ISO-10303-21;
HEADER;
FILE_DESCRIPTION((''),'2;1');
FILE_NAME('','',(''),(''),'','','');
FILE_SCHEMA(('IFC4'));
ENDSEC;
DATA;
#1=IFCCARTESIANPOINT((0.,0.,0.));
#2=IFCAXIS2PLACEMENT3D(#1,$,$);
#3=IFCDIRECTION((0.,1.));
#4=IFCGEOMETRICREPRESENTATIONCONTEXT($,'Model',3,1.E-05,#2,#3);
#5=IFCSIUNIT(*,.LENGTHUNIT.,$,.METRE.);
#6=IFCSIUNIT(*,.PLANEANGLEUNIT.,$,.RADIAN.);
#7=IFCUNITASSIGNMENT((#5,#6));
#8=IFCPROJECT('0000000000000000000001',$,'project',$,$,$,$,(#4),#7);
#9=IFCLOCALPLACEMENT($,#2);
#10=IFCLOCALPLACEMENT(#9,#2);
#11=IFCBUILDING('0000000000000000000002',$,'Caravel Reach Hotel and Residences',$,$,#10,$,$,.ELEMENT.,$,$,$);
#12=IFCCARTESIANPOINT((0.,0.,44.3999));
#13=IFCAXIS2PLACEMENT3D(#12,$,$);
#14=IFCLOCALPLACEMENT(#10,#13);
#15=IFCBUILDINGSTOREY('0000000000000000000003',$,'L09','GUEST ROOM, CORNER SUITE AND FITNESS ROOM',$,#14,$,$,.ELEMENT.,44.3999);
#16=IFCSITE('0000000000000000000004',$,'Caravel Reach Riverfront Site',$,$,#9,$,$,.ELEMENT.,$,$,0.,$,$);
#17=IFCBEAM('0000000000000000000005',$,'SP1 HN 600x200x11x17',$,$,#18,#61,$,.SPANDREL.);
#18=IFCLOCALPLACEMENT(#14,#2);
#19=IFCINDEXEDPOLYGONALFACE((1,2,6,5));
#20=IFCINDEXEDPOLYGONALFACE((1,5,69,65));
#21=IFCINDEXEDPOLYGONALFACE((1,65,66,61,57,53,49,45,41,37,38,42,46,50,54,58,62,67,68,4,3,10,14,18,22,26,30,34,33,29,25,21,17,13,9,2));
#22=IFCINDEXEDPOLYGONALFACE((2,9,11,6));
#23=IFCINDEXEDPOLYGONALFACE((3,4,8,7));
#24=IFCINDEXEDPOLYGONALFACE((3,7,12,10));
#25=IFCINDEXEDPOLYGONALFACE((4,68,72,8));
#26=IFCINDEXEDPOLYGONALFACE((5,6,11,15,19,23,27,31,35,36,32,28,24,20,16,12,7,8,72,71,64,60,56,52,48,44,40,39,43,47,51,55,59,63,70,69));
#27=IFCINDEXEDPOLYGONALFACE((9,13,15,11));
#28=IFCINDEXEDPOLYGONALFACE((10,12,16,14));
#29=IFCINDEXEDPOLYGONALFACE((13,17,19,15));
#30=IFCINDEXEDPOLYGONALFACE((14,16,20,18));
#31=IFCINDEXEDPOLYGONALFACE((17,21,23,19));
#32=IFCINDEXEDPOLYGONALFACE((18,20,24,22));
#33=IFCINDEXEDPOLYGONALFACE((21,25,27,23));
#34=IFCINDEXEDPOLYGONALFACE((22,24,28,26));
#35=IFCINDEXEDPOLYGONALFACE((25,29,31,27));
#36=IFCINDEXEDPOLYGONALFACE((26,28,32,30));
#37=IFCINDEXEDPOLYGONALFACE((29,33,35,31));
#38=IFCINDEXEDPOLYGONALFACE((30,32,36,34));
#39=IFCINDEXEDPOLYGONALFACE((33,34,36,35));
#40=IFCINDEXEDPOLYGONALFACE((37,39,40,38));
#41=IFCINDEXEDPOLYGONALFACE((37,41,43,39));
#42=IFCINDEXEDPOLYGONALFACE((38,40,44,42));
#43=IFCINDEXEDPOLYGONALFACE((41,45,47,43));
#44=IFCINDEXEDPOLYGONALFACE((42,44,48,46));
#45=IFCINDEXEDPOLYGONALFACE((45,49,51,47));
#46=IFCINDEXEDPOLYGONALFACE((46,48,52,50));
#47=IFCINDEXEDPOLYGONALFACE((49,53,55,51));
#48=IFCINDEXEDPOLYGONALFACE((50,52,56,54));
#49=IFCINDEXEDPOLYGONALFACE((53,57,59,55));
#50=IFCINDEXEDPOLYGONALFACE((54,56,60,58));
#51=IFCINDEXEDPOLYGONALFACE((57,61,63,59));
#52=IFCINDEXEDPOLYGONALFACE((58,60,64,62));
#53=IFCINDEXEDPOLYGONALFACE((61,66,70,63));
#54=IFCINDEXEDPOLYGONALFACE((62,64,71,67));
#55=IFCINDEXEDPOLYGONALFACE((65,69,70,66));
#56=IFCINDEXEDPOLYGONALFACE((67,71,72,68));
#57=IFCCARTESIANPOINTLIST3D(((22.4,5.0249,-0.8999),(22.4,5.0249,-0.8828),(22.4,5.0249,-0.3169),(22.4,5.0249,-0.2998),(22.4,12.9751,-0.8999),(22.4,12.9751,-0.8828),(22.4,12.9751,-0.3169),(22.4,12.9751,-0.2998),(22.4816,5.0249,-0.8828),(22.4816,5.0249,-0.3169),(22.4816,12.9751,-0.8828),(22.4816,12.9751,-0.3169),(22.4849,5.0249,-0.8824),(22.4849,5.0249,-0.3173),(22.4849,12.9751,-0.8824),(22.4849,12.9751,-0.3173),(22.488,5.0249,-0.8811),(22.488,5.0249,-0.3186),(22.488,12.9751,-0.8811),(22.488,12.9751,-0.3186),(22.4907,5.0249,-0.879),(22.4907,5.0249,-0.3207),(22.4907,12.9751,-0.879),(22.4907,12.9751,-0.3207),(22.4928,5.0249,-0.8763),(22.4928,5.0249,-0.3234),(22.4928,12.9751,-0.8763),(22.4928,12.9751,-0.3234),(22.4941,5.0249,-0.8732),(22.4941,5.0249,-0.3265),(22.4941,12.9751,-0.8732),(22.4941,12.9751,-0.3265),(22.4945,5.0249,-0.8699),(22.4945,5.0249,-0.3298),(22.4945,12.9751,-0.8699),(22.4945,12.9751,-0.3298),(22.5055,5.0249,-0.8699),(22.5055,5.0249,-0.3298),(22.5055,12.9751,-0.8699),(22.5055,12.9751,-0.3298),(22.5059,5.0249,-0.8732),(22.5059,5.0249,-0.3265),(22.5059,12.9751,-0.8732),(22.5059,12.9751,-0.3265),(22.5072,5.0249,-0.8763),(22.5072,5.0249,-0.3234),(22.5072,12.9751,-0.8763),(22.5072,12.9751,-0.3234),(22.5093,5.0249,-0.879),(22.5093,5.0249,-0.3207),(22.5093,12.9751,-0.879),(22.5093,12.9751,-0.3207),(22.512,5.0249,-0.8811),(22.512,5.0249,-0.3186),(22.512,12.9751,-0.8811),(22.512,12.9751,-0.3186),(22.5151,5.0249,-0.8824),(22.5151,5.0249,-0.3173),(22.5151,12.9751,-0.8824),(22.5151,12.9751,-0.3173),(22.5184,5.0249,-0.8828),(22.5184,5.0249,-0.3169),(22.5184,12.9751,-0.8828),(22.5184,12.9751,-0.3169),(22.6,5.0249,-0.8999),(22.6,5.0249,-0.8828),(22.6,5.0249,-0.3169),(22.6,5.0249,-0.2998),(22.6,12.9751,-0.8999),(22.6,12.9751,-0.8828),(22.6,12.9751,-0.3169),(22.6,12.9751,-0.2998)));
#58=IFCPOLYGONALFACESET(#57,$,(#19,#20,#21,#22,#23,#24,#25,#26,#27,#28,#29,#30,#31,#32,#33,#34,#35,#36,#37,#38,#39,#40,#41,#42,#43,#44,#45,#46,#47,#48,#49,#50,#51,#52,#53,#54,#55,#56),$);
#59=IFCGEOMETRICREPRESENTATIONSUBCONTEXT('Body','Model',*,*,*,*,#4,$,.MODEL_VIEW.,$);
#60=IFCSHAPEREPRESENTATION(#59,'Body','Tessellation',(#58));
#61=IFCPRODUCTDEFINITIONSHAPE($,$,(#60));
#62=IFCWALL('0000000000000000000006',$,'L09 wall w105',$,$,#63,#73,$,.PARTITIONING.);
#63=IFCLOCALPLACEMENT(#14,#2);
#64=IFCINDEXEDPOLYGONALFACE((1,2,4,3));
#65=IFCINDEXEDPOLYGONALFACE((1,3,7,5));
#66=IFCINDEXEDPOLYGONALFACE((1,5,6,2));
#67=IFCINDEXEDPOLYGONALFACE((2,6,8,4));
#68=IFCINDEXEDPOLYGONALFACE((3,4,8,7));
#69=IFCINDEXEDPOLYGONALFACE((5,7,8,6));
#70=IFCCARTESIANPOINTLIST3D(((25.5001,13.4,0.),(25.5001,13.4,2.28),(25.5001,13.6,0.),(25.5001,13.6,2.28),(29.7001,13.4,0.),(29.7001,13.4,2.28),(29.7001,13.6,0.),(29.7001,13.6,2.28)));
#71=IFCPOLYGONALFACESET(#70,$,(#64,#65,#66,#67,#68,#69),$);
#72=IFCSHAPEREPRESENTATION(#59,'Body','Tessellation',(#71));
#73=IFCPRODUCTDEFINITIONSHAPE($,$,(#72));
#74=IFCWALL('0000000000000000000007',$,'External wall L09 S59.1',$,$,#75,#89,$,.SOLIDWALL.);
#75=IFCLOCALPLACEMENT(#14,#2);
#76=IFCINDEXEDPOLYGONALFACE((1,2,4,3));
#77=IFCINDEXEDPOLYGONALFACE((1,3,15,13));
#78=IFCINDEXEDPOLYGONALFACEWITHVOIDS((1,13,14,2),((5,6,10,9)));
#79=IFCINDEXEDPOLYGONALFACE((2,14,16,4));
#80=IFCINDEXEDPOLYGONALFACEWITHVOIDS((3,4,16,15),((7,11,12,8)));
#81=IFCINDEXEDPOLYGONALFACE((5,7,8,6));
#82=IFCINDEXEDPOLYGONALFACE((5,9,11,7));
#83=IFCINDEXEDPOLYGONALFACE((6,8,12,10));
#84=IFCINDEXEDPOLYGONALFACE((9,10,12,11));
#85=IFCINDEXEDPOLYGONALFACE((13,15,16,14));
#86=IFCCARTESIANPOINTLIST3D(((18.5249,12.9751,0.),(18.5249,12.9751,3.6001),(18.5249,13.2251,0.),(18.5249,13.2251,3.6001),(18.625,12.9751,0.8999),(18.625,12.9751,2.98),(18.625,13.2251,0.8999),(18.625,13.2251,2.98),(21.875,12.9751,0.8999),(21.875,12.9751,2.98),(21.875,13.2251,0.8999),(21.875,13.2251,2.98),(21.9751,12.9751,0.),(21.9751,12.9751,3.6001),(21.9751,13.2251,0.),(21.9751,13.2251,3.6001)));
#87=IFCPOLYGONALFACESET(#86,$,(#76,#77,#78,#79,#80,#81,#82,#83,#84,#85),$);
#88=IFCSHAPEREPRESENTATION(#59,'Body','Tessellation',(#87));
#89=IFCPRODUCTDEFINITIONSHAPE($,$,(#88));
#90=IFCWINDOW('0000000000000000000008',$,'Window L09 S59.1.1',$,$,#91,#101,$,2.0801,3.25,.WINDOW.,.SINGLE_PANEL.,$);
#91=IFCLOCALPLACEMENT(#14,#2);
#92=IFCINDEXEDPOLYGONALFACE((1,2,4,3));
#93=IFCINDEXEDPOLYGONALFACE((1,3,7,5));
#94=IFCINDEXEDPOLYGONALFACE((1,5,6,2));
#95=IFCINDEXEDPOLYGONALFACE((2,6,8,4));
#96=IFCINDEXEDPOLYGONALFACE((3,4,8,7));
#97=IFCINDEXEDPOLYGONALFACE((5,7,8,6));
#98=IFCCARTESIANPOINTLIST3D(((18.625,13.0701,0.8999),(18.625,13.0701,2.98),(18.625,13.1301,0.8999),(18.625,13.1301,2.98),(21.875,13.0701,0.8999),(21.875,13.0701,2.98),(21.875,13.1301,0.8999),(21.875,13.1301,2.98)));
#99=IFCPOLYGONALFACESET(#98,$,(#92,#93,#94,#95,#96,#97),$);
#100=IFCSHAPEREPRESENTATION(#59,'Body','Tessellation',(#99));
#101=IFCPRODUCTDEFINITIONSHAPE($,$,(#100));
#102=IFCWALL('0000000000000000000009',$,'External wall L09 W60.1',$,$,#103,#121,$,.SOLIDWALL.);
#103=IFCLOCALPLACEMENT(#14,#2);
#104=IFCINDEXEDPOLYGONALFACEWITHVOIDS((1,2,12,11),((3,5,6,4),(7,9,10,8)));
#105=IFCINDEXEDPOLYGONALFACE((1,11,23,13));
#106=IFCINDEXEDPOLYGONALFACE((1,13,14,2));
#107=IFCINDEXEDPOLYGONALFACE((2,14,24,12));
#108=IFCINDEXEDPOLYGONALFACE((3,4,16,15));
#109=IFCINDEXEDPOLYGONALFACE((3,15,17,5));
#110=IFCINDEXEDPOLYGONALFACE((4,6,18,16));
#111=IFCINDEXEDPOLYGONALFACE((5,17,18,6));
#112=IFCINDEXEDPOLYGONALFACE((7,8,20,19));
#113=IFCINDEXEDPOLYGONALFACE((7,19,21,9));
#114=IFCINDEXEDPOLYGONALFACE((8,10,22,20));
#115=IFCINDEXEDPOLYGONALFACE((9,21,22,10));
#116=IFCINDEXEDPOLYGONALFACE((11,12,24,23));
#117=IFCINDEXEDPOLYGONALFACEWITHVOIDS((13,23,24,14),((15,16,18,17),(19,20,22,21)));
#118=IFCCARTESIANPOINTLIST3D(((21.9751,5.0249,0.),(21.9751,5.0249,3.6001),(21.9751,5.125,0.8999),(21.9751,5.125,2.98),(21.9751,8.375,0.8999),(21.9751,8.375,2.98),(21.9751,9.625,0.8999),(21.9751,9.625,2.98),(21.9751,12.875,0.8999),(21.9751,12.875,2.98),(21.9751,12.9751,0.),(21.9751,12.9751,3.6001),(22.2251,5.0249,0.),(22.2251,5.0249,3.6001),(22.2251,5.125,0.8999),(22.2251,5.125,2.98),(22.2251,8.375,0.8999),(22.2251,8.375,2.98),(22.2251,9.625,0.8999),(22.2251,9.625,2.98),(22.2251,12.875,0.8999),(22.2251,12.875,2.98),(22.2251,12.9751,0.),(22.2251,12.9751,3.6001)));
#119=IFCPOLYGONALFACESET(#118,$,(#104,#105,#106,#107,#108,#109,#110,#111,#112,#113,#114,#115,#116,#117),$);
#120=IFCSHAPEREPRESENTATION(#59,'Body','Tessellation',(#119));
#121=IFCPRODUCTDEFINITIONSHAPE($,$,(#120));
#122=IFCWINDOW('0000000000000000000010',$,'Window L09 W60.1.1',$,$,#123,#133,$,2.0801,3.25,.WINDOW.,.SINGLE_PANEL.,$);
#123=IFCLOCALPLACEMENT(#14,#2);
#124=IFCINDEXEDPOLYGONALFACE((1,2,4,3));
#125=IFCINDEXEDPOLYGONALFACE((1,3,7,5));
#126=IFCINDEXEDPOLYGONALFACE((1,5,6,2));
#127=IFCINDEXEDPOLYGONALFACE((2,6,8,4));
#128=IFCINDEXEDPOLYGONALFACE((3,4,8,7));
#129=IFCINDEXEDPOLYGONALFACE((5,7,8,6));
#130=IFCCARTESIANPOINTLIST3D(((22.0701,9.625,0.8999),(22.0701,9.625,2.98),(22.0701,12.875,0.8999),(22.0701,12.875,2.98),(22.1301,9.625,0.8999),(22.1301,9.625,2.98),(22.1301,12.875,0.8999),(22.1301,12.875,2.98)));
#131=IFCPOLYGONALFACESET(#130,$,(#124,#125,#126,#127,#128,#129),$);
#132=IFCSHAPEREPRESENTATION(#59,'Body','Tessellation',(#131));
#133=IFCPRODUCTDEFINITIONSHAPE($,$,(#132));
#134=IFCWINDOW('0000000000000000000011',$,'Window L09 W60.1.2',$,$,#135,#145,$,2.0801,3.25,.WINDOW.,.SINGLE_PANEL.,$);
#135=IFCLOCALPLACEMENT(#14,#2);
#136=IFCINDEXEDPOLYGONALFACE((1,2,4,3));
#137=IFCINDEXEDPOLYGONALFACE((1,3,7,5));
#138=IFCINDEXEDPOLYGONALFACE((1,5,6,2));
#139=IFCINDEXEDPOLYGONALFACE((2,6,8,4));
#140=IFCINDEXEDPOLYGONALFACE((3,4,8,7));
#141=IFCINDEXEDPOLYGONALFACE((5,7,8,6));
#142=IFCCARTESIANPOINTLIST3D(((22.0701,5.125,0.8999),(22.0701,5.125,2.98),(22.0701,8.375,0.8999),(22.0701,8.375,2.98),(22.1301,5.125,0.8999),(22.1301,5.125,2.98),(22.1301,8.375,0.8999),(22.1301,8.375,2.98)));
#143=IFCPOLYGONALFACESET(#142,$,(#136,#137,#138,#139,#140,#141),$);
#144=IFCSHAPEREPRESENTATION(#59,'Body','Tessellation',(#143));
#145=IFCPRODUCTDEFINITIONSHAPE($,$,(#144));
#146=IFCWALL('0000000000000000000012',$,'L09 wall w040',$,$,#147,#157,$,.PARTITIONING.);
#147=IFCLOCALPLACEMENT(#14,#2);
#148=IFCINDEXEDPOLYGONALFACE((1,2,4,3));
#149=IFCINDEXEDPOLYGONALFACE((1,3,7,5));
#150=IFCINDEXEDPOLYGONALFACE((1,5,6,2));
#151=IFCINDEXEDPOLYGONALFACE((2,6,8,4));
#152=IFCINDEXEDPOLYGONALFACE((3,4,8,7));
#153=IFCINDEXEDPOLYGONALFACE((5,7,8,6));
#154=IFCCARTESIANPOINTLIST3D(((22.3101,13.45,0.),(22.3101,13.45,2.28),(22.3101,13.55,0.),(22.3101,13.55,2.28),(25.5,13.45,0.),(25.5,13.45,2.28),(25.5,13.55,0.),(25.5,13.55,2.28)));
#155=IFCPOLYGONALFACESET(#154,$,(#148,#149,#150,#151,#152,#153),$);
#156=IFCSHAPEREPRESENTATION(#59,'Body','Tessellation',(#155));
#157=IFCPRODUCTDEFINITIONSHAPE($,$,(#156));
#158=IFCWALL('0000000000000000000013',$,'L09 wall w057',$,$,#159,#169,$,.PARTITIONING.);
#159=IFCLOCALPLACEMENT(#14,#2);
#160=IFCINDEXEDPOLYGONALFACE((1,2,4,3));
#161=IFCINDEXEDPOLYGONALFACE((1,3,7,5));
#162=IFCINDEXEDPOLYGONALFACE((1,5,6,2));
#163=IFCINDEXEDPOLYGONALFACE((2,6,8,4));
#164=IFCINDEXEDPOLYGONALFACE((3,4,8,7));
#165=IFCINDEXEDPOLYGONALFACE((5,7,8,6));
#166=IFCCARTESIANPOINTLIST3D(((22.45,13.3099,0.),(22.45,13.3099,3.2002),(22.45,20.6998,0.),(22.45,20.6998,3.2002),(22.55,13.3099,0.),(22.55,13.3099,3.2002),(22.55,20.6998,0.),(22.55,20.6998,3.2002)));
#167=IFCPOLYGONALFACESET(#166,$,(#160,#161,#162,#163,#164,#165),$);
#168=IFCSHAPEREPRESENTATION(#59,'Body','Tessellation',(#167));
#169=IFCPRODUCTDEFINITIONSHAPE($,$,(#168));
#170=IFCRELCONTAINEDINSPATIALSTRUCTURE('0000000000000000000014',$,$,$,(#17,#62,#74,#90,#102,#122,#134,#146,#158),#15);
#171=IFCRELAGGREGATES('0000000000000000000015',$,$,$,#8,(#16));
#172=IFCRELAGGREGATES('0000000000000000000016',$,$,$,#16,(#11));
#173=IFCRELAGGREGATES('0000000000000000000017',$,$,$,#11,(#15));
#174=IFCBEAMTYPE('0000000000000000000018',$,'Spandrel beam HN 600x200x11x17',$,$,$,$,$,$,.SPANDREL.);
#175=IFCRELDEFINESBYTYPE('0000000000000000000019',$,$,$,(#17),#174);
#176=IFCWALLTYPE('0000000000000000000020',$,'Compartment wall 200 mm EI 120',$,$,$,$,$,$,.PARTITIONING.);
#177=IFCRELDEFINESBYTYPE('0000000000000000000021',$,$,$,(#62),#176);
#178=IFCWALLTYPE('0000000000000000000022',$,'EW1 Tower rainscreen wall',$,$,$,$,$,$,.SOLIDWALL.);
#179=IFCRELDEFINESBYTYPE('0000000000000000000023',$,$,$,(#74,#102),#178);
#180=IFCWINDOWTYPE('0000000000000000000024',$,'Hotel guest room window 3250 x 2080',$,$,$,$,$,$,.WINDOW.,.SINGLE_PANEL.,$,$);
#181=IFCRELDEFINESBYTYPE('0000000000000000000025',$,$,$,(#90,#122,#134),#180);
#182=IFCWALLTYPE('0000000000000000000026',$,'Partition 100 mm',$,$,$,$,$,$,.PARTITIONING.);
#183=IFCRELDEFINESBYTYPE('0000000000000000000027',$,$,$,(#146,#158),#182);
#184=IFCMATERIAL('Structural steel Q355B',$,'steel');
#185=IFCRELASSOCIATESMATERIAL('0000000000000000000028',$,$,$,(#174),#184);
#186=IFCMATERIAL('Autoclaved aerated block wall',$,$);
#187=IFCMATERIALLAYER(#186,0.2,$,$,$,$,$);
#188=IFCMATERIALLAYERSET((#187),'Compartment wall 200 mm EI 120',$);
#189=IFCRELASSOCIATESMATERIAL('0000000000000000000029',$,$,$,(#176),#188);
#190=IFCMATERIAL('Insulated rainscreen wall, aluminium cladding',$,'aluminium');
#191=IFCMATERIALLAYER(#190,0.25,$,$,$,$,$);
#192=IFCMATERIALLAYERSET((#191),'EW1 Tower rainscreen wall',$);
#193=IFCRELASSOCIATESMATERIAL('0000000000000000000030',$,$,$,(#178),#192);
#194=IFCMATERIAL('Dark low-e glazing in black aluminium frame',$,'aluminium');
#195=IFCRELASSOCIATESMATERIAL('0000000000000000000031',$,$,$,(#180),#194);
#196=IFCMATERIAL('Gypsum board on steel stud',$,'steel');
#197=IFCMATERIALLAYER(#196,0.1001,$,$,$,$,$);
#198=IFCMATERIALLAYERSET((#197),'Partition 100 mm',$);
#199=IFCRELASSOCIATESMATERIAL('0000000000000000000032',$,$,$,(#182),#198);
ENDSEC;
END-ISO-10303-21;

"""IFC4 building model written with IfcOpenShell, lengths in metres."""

from ifc_helpers import new_model, si_unit, direction, frame, frame_2d, origin, origin_2d, place, context, subcontext, project, spatial, rectangle, i_section, extrude, material, layer, layer_set, material_profile, profile_set, type_object, element, fill, save


model = new_model("IFC4")

# Units and contexts
model_context = context("Model", 3, precision=1e-05, world=origin(), true_north=direction((0.0, 1.0)))
body_context = subcontext(model_context, "Body", "Model", "MODEL_VIEW")
ifc_project = project(units=[si_unit("LENGTHUNIT", "METRE"), si_unit("PLANEANGLEUNIT", "RADIAN")], contexts=[model_context])

# Site, building, storey
site_placement = place(None, origin())
site = spatial("IfcSite", under=ifc_project, at=site_placement, Name="Caravel Reach Riverfront Site", CompositionType="ELEMENT", RefElevation=0.0)
building_placement = place(site_placement, origin())
building = spatial("IfcBuilding", under=site, at=building_placement, Name="Caravel Reach Hotel and Residences", CompositionType="ELEMENT")
storey_placement = place(building_placement, frame((0.0, 0.0, 44.3999)))
storey = spatial("IfcBuildingStorey", under=building, at=storey_placement, Name="L09", Description="GUEST ROOM, CORNER SUITE AND FITNESS ROOM", CompositionType="ELEMENT", Elevation=44.3999)

# Beam
ifc_material_1 = material(Name="Structural steel Q355B", Category="steel")
ifc_material_profile_1 = material_profile(ifc_material_1, i_section(OverallWidth=0.2, OverallDepth=0.6001, WebThickness=0.011, FlangeThickness=0.0171, FilletRadius=0.0129, at=origin_2d()), Name="HN 600x200x11x17")
ifc_profile_set_1 = profile_set([ifc_material_profile_1], Name="Structural steel Q355B")
beam_type_1 = type_object("IfcBeamType", Name="Spandrel beam HN 600x200x11x17", PredefinedType="SPANDREL", material=ifc_profile_set_1)
beam_1_placement = place(storey_placement, frame((22.5, 12.9751, -0.5999), z_axis=(0.0, -1.0, 0.0), x_axis=(1.0, 0.0, 0.0)))
element("IfcBeam", 1, at=beam_1_placement, inside=storey, type_object=beam_type_1, Name="SP1 HN 600x200x11x17", PredefinedType="SPANDREL", context=body_context, shape_type="SweptSolid", body=[
    extrude(i_section(OverallWidth=0.2, OverallDepth=0.6001, WebThickness=0.011, FlangeThickness=0.0171, FilletRadius=0.0129, at=origin_2d()), origin(), (0.0, 0.0, 1.0), 7.9502),
])

# Wall
ifc_material_2 = material(Name="Autoclaved aerated block wall")
ifc_layer_1 = layer(ifc_material_2, 0.2)
ifc_layer_set_1 = layer_set([ifc_layer_1], Name="Compartment wall 200 mm EI 120")
wall_type_1 = type_object("IfcWallType", Name="Compartment wall 200 mm EI 120", PredefinedType="PARTITIONING", material=ifc_layer_set_1)
wall_1_placement = place(storey_placement, frame((25.5, 13.5, 0.0), z_axis=(0.0, 0.0, 1.0), x_axis=(1.0, 0.0, 0.0)))
element("IfcWall", 2, at=wall_1_placement, inside=storey, type_object=wall_type_1, Name="L09 wall w105", PredefinedType="PARTITIONING", context=body_context, shape_type="SweptSolid", body=[
    extrude(rectangle(XDim=4.2, YDim=0.2, at=frame_2d((2.1001, 0.0))), origin(), (0.0, 0.0, 1.0), 2.28),
])

# Wall, opening, window
ifc_material_3 = material(Name="Insulated rainscreen wall, aluminium cladding", Category="aluminium")
ifc_layer_2 = layer(ifc_material_3, 0.25)
ifc_layer_set_2 = layer_set([ifc_layer_2], Name="EW1 Tower rainscreen wall")
wall_type_2 = type_object("IfcWallType", Name="EW1 Tower rainscreen wall", PredefinedType="SOLIDWALL", material=ifc_layer_set_2)
wall_2_placement = place(storey_placement, frame((18.5249, 13.1001, 0.0), z_axis=(0.0, 0.0, 1.0), x_axis=(1.0, 0.0, 0.0)))
wall_2 = element("IfcWall", 3, at=wall_2_placement, inside=storey, type_object=wall_type_2, Name="External wall L09 S59.1", PredefinedType="SOLIDWALL", context=body_context, shape_type="SweptSolid", body=[
    extrude(rectangle(XDim=3.4502, YDim=0.25, at=frame_2d((1.7251, 0.0))), origin(), (0.0, 0.0, 1.0), 3.6001),
])
opening_1_placement = place(wall_2_placement, frame((0.1001, 0.0, 0.8999)))
opening_1 = element("IfcOpeningElement", 4, at=opening_1_placement, cuts=wall_2, PredefinedType="OPENING", context=body_context, shape_type="SweptSolid", body=[
    extrude(rectangle(XDim=3.25, YDim=2.0801, at=frame_2d((1.625, 1.04))), frame((0.0, 0.135, 0.0), z_axis=(0.0, -1.0, 0.0), x_axis=(1.0, 0.0, 0.0)), (0.0, 0.0, 1.0), 0.27),
])
ifc_material_4 = material(Name="Dark low-e glazing in black aluminium frame", Category="aluminium")
window_type = type_object("IfcWindowType", Name="Hotel guest room window 3250 x 2080", PartitioningType="SINGLE_PANEL", PredefinedType="WINDOW", material=ifc_material_4)
window_1_placement = place(opening_1_placement, origin())
window_1 = element("IfcWindow", 5, at=window_1_placement, inside=storey, type_object=window_type, Name="Window L09 S59.1.1", OverallHeight=2.0801, OverallWidth=3.25, PartitioningType="SINGLE_PANEL", PredefinedType="WINDOW", context=body_context, shape_type="SweptSolid", body=[
    extrude(rectangle(XDim=3.25, YDim=2.0801, at=frame_2d((1.625, 1.04))), frame((0.0, 0.03, 0.0), z_axis=(0.0, -1.0, 0.0), x_axis=(1.0, 0.0, 0.0)), (0.0, 0.0, 1.0), 0.0601),
])
fill(opening_1, window_1)

# Wall, openings, windows
wall_3_placement = place(storey_placement, frame((22.1001, 12.9751, 0.0), z_axis=(0.0, 0.0, 1.0), x_axis=(0.0, -1.0, 0.0)))
wall_3 = element("IfcWall", 6, at=wall_3_placement, inside=storey, type_object=wall_type_2, Name="External wall L09 W60.1", PredefinedType="SOLIDWALL", context=body_context, shape_type="SweptSolid", body=[
    extrude(rectangle(XDim=7.9502, YDim=0.25, at=frame_2d((3.9751, 0.0))), origin(), (0.0, 0.0, 1.0), 3.6001),
])
opening_2_placement = place(wall_3_placement, frame((0.1001, 0.0, 0.8999)))
opening_2 = element("IfcOpeningElement", 7, at=opening_2_placement, cuts=wall_3, PredefinedType="OPENING", context=body_context, shape_type="SweptSolid", body=[
    extrude(rectangle(XDim=3.25, YDim=2.0801, at=frame_2d((1.625, 1.04))), frame((0.0, 0.135, 0.0), z_axis=(0.0, -1.0, 0.0), x_axis=(1.0, 0.0, 0.0)), (0.0, 0.0, 1.0), 0.27),
])
opening_3_placement = place(wall_3_placement, frame((4.6001, 0.0, 0.8999)))
opening_3 = element("IfcOpeningElement", 8, at=opening_3_placement, cuts=wall_3, PredefinedType="OPENING", context=body_context, shape_type="SweptSolid", body=[
    extrude(rectangle(XDim=3.25, YDim=2.0801, at=frame_2d((1.625, 1.04))), frame((0.0, 0.135, 0.0), z_axis=(0.0, -1.0, 0.0), x_axis=(1.0, 0.0, 0.0)), (0.0, 0.0, 1.0), 0.27),
])
window_2_placement = place(opening_2_placement, origin())
window_2 = element("IfcWindow", 9, at=window_2_placement, inside=storey, type_object=window_type, Name="Window L09 W60.1.1", OverallHeight=2.0801, OverallWidth=3.25, PartitioningType="SINGLE_PANEL", PredefinedType="WINDOW", context=body_context, shape_type="SweptSolid", body=[
    extrude(rectangle(XDim=3.25, YDim=2.0801, at=frame_2d((1.625, 1.04))), frame((0.0, 0.03, 0.0), z_axis=(0.0, -1.0, 0.0), x_axis=(1.0, 0.0, 0.0)), (0.0, 0.0, 1.0), 0.0601),
])
fill(opening_2, window_2)
window_3_placement = place(opening_3_placement, origin())
window_3 = element("IfcWindow", 10, at=window_3_placement, inside=storey, type_object=window_type, Name="Window L09 W60.1.2", OverallHeight=2.0801, OverallWidth=3.25, PartitioningType="SINGLE_PANEL", PredefinedType="WINDOW", context=body_context, shape_type="SweptSolid", body=[
    extrude(rectangle(XDim=3.25, YDim=2.0801, at=frame_2d((1.625, 1.04))), frame((0.0, 0.03, 0.0), z_axis=(0.0, -1.0, 0.0), x_axis=(1.0, 0.0, 0.0)), (0.0, 0.0, 1.0), 0.0601),
])
fill(opening_3, window_3)

# Walls
ifc_material_5 = material(Name="Gypsum board on steel stud", Category="steel")
ifc_layer_3 = layer(ifc_material_5, 0.1001)
ifc_layer_set_3 = layer_set([ifc_layer_3], Name="Partition 100 mm")
wall_type_3 = type_object("IfcWallType", Name="Partition 100 mm", PredefinedType="PARTITIONING", material=ifc_layer_set_3)
wall_4_placement = place(storey_placement, frame((22.3101, 13.5, 0.0), z_axis=(0.0, 0.0, 1.0), x_axis=(1.0, 0.0, 0.0)))
element("IfcWall", 11, at=wall_4_placement, inside=storey, type_object=wall_type_3, Name="L09 wall w040", PredefinedType="PARTITIONING", context=body_context, shape_type="SweptSolid", body=[
    extrude(rectangle(XDim=3.1899, YDim=0.1001, at=frame_2d((1.595, 0.0))), origin(), (0.0, 0.0, 1.0), 2.28),
])
wall_5_placement = place(storey_placement, frame((22.5, 13.3101, 0.0), z_axis=(0.0, 0.0, 1.0), x_axis=(0.0, 1.0, 0.0)))
element("IfcWall", 12, at=wall_5_placement, inside=storey, type_object=wall_type_3, Name="L09 wall w057", PredefinedType="PARTITIONING", context=body_context, shape_type="SweptSolid", body=[
    extrude(rectangle(XDim=7.3899, YDim=0.1001, at=frame_2d((3.6948, 0.0))), origin(), (0.0, 0.0, 1.0), 3.2002),
])

save(model, "model.ifc")
